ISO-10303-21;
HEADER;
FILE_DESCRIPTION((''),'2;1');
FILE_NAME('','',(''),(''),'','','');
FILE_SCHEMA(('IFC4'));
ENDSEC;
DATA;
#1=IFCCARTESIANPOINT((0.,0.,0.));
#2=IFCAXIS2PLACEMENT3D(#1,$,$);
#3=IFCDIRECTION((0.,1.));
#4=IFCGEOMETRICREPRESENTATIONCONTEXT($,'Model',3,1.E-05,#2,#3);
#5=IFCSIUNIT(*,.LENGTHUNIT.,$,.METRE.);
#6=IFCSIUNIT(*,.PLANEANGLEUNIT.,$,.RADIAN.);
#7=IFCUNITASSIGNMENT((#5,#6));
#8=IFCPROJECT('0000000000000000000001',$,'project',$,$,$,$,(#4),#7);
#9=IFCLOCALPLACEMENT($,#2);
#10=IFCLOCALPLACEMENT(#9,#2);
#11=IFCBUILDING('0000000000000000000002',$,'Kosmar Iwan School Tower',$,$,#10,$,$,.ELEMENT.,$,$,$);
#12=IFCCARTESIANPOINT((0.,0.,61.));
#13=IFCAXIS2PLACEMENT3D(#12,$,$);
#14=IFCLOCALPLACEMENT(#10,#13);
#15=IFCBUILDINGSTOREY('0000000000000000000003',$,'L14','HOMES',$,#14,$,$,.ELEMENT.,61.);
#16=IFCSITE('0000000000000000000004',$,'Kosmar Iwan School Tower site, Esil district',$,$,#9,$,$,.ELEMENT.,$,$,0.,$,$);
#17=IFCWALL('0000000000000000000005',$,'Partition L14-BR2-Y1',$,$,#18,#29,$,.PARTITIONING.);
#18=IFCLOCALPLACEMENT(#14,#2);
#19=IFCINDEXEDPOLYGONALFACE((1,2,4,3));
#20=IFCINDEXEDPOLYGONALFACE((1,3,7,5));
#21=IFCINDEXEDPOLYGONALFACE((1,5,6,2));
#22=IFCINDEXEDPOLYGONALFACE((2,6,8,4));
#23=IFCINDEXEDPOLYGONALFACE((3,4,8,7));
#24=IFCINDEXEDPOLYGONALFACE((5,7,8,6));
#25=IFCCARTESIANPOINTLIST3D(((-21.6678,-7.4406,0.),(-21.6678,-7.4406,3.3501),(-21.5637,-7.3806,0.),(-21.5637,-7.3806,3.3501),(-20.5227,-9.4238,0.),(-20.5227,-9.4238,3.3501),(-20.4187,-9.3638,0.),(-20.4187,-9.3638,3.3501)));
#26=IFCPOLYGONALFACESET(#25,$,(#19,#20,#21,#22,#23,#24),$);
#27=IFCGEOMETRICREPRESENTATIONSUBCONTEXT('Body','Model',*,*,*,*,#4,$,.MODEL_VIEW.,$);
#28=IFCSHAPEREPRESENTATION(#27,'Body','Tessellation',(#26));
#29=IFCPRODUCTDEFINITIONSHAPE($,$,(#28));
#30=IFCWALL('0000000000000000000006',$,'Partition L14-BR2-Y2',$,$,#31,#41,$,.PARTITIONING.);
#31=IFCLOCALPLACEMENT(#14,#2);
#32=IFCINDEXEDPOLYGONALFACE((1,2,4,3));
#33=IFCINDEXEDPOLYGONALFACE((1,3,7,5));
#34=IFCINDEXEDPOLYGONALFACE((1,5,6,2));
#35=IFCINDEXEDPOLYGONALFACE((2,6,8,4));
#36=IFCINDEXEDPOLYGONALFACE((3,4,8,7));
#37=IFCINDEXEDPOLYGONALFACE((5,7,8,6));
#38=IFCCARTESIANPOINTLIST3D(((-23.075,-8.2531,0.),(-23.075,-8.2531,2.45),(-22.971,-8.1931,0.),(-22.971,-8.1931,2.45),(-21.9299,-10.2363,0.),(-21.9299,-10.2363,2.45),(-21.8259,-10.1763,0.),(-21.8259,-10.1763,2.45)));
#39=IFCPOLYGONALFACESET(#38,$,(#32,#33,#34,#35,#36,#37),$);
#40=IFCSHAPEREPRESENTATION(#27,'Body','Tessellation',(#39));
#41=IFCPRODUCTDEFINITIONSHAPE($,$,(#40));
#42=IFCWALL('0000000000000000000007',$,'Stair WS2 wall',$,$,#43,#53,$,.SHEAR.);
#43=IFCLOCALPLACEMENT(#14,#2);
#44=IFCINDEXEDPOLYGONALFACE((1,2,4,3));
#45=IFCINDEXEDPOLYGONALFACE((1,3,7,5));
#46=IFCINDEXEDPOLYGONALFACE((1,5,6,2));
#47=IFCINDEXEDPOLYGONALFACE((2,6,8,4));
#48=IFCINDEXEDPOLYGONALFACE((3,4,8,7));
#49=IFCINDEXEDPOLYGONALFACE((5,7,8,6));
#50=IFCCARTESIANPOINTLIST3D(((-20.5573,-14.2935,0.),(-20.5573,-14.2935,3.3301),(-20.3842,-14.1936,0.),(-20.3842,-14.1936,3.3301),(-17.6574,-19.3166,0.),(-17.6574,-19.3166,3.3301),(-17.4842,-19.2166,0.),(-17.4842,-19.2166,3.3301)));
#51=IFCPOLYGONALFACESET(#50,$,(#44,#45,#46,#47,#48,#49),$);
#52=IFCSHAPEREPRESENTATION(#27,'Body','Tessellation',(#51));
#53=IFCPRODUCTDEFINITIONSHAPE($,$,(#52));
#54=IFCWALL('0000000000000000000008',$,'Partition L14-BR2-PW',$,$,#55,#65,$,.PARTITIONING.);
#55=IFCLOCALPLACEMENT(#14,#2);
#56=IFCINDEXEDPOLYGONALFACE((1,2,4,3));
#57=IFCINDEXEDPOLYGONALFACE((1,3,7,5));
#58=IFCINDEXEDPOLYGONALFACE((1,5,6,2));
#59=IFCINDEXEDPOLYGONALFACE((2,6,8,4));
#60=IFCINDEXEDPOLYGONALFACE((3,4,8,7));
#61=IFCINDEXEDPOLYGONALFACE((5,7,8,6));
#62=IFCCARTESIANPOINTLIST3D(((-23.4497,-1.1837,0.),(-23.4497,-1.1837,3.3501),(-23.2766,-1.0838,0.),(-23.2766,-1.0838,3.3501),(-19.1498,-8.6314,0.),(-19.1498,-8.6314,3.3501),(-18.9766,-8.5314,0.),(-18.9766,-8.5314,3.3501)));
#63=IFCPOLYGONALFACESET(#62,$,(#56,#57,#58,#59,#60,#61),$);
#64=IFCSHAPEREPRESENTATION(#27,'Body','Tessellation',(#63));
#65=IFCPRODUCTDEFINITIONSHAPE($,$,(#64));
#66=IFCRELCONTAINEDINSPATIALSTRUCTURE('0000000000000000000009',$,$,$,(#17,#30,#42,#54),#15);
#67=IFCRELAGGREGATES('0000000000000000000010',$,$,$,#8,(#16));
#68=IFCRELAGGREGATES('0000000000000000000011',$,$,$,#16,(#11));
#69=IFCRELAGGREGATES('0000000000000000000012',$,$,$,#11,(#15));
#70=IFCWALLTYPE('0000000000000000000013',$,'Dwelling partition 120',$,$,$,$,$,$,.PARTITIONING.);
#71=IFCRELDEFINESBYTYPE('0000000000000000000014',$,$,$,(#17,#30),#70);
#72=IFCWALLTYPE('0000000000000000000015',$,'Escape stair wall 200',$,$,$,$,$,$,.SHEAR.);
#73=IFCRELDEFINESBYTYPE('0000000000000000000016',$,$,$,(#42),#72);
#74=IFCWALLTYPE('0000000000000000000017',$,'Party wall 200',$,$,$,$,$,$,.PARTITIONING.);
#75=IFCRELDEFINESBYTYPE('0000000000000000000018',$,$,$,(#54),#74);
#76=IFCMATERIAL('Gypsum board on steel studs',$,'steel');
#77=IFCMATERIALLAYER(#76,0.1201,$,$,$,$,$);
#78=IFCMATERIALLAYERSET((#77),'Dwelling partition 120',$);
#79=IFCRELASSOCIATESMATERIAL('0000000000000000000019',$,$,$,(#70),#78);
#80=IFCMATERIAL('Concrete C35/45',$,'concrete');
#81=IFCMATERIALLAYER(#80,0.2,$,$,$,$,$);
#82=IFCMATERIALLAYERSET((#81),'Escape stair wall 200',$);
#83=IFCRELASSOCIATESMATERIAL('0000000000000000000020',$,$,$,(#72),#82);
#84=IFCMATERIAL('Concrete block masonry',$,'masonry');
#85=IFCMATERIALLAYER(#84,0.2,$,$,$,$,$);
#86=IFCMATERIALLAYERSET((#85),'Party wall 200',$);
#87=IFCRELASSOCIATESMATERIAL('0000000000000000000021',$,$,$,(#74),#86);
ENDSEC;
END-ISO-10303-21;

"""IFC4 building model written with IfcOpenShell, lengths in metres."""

from ifc_helpers import new_model, si_unit, direction, frame, frame_2d, origin, place, context, subcontext, project, spatial, rectangle, extrude, material, layer, layer_set, type_object, element, save


model = new_model("IFC4")

# Units and contexts
model_context = context("Model", 3, precision=1e-05, world=origin(), true_north=direction((0.0, 1.0)))
body_context = subcontext(model_context, "Body", "Model", "MODEL_VIEW")
ifc_project = project(units=[si_unit("LENGTHUNIT", "METRE"), si_unit("PLANEANGLEUNIT", "RADIAN")], contexts=[model_context])

# Site, building, storey
site_placement = place(None, origin())
site = spatial("IfcSite", under=ifc_project, at=site_placement, Name="Kosmar Iwan School Tower site, Esil district", CompositionType="ELEMENT", RefElevation=0.0)
building_placement = place(site_placement, origin())
building = spatial("IfcBuilding", under=site, at=building_placement, Name="Kosmar Iwan School Tower", CompositionType="ELEMENT")
storey_placement = place(building_placement, frame((0.0, 0.0, 61.0)))
storey = spatial("IfcBuildingStorey", under=building, at=storey_placement, Name="L14", Description="HOMES", CompositionType="ELEMENT", Elevation=61.0)

# Shared definitions
ifc_material_1 = material(Name="Gypsum board on steel studs", Category="steel")
ifc_layer_1 = layer(ifc_material_1, 0.1201)
ifc_layer_set_1 = layer_set([ifc_layer_1], Name="Dwelling partition 120")
wall_type_1 = type_object("IfcWallType", Name="Dwelling partition 120", PredefinedType="PARTITIONING", material=ifc_layer_set_1)

# Walls
wall_1_placement = place(storey_placement, frame((-20.4707, -9.3938, 0.0), z_axis=(0.0, 0.0, 1.0), x_axis=(-0.500015, 0.866017, 0.0)))
element("IfcWall", 1, at=wall_1_placement, inside=storey, type_object=wall_type_1, Name="Partition L14-BR2-Y1", PredefinedType="PARTITIONING", context=body_context, shape_type="SweptSolid", body=[
    extrude(rectangle(XDim=2.29, YDim=0.1201, at=frame_2d((1.145, 0.0))), origin(), (0.0, 0.0, 1.0), 3.3501),
])
wall_2_placement = place(storey_placement, frame((-21.8779, -10.2063, 0.0), z_axis=(0.0, 0.0, 1.0), x_axis=(-0.500015, 0.866017, 0.0)))
element("IfcWall", 2, at=wall_2_placement, inside=storey, type_object=wall_type_1, Name="Partition L14-BR2-Y2", PredefinedType="PARTITIONING", context=body_context, shape_type="SweptSolid", body=[
    extrude(rectangle(XDim=2.29, YDim=0.1201, at=frame_2d((1.145, 0.0))), origin(), (0.0, 0.0, 1.0), 2.45),
])
ifc_material_2 = material(Name="Concrete C35/45", Category="concrete")
ifc_layer_2 = layer(ifc_material_2, 0.2)
ifc_layer_set_2 = layer_set([ifc_layer_2], Name="Escape stair wall 200")
wall_type_2 = type_object("IfcWallType", Name="Escape stair wall 200", PredefinedType="SHEAR", material=ifc_layer_set_2)
wall_3_placement = place(storey_placement, frame((-20.4707, -14.2437, 0.0), z_axis=(0.0, 0.0, 1.0), x_axis=(0.499987, -0.866033, 0.0)))
element("IfcWall", 3, at=wall_3_placement, inside=storey, type_object=wall_type_2, Name="Stair WS2 wall", PredefinedType="SHEAR", context=body_context, shape_type="SweptSolid", body=[
    extrude(rectangle(XDim=5.8, YDim=0.2, at=frame_2d((2.8999, 0.0))), origin(), (0.0, 0.0, 1.0), 3.3301),
])
ifc_material_3 = material(Name="Concrete block masonry", Category="masonry")
ifc_layer_3 = layer(ifc_material_3, 0.2)
ifc_layer_set_3 = layer_set([ifc_layer_3], Name="Party wall 200")
wall_type_3 = type_object("IfcWallType", Name="Party wall 200", PredefinedType="PARTITIONING", material=ifc_layer_set_3)
wall_4_placement = place(storey_placement, frame((-19.0632, -8.5813, 0.0), z_axis=(0.0, 0.0, 1.0), x_axis=(-0.500008, 0.866021, 0.0)))
element("IfcWall", 4, at=wall_4_placement, inside=storey, type_object=wall_type_3, Name="Partition L14-BR2-PW", PredefinedType="PARTITIONING", context=body_context, shape_type="SweptSolid", body=[
    extrude(rectangle(XDim=8.5999, YDim=0.2, at=frame_2d((4.2998, 0.0))), origin(), (0.0, 0.0, 1.0), 3.3501),
])

save(model, "model.ifc")
